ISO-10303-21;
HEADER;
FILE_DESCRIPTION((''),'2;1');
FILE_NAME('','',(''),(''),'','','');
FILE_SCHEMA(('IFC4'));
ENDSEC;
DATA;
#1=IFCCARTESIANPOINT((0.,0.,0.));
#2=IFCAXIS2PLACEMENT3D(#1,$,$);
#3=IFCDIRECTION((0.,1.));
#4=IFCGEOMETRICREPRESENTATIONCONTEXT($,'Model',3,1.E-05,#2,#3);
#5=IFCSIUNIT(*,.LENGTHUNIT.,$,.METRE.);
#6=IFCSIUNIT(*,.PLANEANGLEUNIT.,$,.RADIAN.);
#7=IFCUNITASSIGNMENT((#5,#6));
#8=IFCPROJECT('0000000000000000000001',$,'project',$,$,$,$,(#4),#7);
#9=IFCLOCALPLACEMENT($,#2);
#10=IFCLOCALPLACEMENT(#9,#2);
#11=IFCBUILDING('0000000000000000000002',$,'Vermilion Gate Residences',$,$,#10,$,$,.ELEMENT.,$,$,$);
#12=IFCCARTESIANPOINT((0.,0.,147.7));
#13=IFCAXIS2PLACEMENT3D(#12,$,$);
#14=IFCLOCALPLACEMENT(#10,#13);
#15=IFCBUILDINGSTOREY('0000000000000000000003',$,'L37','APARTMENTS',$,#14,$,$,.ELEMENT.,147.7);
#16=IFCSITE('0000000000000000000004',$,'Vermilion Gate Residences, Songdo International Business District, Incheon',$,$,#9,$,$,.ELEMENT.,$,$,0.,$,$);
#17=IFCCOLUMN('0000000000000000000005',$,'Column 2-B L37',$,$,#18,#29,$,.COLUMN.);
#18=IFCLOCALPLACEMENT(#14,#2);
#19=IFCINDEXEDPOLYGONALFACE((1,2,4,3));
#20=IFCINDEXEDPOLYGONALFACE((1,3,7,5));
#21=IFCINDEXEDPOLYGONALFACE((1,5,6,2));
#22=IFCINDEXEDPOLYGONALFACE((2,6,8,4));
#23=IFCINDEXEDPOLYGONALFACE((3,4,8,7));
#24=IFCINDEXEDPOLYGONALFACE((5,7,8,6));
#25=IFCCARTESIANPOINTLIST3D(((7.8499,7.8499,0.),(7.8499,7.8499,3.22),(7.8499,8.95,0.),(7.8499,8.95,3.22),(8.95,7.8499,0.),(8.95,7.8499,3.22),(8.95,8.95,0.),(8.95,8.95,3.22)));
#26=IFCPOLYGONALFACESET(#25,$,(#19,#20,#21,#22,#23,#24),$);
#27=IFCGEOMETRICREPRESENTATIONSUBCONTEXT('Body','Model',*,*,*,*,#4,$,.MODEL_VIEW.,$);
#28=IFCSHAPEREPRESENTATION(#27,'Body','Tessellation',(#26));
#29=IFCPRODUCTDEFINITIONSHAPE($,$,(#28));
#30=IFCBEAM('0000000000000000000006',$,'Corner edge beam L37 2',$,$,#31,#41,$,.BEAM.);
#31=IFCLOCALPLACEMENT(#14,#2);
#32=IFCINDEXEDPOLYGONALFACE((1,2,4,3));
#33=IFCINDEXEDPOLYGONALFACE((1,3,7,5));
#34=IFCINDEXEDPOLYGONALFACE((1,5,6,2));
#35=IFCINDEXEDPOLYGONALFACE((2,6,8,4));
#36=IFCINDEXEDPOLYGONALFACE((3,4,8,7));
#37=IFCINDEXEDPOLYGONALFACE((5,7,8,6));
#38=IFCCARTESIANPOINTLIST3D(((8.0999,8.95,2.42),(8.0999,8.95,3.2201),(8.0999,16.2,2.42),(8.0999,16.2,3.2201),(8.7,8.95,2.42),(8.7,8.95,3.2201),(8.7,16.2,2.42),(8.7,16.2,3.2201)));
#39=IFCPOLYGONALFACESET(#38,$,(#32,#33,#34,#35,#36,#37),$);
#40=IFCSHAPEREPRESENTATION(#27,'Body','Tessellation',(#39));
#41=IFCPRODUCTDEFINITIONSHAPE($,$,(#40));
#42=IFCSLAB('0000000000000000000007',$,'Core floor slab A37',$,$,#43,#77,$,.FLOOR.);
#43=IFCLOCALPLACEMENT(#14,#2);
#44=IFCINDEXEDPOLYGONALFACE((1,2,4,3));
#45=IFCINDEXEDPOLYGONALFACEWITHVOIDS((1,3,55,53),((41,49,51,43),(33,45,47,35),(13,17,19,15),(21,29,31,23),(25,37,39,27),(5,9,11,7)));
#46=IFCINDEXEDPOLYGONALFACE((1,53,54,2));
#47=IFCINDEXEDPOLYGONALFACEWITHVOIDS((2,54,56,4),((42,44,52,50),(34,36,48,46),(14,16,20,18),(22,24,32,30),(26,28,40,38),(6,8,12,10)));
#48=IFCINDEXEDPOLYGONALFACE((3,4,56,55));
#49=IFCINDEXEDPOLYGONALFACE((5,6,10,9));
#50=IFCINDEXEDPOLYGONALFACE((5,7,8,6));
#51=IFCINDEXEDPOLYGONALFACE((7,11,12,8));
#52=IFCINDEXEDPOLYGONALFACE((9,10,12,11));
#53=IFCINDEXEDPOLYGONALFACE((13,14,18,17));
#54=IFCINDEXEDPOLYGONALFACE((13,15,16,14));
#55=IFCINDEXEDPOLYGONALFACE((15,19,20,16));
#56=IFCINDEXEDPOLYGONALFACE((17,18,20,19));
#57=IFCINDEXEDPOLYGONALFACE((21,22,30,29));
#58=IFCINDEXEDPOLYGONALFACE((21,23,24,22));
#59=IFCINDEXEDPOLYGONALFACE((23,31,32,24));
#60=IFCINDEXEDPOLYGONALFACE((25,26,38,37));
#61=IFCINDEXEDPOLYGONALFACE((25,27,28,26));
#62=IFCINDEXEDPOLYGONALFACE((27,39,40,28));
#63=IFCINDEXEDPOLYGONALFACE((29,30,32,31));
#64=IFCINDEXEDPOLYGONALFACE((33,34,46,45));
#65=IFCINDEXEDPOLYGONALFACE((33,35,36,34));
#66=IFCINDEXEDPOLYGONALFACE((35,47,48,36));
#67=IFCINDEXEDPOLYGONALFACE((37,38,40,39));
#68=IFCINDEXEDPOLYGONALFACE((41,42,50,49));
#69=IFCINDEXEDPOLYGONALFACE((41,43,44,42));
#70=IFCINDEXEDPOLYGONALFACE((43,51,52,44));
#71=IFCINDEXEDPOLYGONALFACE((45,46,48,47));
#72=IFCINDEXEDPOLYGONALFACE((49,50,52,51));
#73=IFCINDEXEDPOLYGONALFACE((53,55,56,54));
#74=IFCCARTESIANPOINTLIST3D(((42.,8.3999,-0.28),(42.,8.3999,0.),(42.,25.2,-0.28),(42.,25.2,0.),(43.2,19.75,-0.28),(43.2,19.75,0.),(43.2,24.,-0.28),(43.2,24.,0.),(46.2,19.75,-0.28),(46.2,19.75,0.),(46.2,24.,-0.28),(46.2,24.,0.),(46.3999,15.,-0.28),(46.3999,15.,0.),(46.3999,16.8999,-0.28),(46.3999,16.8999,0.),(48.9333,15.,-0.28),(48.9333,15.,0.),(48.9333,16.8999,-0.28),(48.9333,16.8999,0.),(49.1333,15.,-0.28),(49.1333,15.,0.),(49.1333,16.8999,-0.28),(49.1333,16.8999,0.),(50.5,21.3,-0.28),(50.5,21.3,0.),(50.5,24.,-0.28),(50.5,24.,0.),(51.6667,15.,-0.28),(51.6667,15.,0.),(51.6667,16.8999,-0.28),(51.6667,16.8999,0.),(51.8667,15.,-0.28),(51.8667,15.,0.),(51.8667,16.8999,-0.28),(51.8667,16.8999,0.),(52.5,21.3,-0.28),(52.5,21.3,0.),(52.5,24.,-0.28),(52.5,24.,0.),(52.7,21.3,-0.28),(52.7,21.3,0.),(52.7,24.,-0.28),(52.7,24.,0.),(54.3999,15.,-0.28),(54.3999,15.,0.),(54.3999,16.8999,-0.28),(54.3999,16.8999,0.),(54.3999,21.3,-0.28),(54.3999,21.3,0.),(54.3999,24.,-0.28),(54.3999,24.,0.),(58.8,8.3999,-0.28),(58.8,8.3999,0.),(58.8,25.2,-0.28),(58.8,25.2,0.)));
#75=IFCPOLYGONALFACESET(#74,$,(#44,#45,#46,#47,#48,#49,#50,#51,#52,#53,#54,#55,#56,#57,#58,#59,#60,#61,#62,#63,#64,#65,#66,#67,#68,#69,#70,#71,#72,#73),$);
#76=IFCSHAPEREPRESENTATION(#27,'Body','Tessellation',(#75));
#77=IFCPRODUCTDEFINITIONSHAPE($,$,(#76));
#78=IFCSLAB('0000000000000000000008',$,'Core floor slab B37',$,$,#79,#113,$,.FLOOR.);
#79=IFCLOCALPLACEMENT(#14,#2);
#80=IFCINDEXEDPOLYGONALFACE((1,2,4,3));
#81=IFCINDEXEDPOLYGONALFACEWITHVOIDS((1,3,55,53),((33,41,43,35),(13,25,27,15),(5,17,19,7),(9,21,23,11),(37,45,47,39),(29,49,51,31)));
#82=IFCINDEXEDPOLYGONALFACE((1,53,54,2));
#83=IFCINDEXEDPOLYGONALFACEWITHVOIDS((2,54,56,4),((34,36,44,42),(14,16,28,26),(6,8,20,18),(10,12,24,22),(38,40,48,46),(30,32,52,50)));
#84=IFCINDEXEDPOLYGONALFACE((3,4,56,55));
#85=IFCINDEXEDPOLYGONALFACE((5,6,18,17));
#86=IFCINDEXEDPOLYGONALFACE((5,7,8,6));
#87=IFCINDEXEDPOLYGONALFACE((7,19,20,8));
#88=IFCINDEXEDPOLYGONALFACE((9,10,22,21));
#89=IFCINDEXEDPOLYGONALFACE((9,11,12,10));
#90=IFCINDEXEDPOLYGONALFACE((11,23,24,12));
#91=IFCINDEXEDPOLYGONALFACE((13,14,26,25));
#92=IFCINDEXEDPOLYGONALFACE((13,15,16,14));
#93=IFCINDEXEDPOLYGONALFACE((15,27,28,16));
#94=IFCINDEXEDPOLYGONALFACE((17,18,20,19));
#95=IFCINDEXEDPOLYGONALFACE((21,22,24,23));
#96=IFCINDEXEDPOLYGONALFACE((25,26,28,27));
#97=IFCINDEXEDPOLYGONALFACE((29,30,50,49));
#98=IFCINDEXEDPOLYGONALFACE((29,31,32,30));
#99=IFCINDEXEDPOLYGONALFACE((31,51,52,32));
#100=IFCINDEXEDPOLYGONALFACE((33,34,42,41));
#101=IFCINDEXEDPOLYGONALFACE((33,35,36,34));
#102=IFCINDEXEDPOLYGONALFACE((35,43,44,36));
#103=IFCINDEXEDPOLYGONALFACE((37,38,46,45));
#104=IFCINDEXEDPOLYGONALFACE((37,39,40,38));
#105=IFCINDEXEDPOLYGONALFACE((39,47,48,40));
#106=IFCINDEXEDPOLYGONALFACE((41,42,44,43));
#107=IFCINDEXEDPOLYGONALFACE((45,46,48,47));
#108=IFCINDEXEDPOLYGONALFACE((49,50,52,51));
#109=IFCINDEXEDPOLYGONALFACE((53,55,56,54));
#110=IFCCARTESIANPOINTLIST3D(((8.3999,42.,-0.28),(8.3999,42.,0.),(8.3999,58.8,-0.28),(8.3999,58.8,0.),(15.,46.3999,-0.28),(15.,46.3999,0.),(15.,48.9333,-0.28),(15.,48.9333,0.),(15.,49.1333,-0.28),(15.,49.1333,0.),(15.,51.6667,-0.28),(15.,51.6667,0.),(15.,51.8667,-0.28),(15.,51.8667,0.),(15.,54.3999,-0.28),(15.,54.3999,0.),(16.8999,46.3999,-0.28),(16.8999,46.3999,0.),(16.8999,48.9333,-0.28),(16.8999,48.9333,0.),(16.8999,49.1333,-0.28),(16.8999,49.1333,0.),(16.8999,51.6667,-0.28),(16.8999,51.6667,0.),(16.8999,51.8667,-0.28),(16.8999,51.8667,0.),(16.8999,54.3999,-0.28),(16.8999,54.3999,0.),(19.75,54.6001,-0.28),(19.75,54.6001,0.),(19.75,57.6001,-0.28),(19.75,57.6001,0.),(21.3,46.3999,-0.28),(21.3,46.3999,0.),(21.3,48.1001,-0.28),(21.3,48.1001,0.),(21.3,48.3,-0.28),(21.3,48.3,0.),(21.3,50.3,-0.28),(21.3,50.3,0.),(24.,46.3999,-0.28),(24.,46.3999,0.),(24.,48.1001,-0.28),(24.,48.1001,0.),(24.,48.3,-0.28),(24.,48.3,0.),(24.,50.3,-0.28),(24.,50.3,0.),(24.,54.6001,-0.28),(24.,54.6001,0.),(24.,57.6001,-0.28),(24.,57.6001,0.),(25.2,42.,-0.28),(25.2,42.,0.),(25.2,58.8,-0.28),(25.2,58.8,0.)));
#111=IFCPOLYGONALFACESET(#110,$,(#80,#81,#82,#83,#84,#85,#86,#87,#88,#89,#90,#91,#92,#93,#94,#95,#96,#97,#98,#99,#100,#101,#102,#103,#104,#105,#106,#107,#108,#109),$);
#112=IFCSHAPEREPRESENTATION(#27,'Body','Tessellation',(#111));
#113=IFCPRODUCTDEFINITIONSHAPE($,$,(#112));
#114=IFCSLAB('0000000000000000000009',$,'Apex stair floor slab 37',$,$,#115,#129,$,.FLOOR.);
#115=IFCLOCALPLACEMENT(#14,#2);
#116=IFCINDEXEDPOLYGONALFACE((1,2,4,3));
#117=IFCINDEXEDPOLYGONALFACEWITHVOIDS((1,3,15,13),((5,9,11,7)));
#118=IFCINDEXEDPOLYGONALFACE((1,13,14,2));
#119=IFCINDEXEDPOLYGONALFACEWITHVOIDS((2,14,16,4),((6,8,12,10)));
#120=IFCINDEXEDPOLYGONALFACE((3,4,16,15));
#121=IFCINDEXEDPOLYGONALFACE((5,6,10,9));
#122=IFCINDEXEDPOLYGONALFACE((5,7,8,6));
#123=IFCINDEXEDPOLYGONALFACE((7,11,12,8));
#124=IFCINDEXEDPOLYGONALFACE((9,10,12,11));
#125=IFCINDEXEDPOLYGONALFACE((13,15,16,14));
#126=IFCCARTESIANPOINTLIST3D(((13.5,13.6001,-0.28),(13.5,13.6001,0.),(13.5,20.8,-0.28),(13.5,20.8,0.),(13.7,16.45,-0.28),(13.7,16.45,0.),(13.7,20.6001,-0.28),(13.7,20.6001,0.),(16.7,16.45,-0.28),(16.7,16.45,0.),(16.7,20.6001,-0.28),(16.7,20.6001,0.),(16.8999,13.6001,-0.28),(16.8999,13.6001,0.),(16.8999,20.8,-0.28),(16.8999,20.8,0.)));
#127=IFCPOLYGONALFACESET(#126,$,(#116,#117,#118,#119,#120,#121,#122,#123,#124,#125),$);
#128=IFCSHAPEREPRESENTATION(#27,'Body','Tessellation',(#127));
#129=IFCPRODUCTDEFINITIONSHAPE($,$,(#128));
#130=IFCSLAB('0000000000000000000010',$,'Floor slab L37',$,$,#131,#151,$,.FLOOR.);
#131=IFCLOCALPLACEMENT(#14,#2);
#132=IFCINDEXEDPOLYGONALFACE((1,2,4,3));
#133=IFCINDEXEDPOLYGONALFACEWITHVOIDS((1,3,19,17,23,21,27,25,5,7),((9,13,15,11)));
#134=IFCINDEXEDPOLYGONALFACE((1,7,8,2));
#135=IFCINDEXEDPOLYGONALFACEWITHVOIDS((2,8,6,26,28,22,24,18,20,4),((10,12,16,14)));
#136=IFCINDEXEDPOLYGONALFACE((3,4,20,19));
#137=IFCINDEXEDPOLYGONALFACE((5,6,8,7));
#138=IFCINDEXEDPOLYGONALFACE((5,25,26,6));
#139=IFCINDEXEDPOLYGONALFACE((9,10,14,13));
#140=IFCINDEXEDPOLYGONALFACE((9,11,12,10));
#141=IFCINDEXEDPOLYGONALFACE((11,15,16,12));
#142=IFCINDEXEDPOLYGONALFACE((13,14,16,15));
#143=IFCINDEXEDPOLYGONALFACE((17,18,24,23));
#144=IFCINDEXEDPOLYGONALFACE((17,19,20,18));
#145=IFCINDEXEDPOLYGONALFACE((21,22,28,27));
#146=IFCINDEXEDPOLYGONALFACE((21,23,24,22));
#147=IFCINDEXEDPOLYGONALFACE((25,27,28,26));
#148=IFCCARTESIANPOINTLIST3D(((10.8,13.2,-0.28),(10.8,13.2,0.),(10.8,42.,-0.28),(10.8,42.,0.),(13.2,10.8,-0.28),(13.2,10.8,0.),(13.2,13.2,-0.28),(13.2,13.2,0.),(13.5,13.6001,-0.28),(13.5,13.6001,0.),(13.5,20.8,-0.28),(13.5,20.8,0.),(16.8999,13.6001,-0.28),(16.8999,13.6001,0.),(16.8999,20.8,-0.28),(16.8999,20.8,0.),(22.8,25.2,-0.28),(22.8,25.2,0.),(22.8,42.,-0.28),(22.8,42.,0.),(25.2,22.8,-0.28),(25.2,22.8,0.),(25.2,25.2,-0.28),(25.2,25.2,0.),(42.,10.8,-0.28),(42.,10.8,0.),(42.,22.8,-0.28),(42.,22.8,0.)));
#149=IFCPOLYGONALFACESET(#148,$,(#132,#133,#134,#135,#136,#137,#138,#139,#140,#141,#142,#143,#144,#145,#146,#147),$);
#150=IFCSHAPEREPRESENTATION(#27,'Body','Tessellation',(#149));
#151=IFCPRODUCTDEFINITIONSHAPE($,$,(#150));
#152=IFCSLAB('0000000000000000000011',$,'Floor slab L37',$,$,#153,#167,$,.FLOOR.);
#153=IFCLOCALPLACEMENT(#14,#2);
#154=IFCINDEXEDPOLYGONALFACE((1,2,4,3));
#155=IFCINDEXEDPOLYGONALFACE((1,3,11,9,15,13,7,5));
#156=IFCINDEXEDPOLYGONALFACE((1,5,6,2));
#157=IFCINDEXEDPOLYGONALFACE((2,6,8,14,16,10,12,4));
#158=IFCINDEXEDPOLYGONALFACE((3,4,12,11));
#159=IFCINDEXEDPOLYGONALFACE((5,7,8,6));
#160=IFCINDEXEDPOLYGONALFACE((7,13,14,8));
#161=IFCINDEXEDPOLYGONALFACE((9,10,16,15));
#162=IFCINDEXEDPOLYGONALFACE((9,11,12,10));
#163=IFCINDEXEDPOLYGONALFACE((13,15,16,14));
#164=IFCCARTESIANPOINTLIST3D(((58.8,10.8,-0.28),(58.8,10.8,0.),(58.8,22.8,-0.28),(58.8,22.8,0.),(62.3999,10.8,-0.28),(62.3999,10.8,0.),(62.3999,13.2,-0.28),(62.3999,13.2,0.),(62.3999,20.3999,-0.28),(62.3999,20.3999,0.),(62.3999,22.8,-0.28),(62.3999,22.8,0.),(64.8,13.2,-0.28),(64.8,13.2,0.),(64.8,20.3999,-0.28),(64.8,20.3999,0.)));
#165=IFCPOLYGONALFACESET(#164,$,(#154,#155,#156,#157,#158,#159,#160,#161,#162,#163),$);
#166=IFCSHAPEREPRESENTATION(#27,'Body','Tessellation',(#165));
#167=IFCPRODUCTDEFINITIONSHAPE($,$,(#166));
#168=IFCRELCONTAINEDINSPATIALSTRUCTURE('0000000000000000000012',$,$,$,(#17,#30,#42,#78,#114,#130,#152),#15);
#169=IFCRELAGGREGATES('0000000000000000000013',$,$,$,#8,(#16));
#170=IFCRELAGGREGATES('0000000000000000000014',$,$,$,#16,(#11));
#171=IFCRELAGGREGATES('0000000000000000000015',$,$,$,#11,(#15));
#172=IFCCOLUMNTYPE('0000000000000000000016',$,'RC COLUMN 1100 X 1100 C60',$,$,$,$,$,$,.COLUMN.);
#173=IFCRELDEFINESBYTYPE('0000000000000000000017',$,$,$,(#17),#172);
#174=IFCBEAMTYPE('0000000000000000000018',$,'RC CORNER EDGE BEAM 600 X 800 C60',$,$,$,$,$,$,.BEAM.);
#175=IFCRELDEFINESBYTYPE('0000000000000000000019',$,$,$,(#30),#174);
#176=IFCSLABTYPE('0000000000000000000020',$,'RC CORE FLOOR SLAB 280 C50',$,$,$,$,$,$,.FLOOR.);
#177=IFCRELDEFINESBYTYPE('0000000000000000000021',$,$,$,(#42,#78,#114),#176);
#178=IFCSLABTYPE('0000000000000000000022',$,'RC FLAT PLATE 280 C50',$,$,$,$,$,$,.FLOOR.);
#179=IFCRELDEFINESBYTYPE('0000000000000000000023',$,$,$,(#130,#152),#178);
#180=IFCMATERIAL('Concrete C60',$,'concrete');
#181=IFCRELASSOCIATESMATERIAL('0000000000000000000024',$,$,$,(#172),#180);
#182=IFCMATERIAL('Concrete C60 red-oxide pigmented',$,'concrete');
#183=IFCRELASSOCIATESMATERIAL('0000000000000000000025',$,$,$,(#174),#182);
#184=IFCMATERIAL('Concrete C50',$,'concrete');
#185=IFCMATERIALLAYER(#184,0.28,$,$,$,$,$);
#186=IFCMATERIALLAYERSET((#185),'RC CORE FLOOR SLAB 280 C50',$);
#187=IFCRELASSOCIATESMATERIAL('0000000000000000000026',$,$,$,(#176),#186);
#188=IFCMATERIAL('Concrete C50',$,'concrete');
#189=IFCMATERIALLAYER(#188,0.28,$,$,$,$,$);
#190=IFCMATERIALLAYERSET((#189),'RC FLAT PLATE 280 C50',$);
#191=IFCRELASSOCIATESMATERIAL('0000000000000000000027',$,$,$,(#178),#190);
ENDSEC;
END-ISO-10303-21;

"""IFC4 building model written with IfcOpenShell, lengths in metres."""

from ifc_helpers import new_model, si_unit, direction, frame, origin, origin_2d, place, context, subcontext, project, spatial, polyline, rectangle, outline, extrude, material, layer, layer_set, material_profile, profile_set, type_object, element, save


model = new_model("IFC4")

# Units and contexts
model_context = context("Model", 3, precision=1e-05, world=origin(), true_north=direction((0.0, 1.0)))
body_context = subcontext(model_context, "Body", "Model", "MODEL_VIEW")
ifc_project = project(units=[si_unit("LENGTHUNIT", "METRE"), si_unit("PLANEANGLEUNIT", "RADIAN")], contexts=[model_context])

# Site, building, storey
site_placement = place(None, origin())
site = spatial("IfcSite", under=ifc_project, at=site_placement, Name="Vermilion Gate Residences, Songdo International Business District, Incheon", CompositionType="ELEMENT", RefElevation=0.0)
building_placement = place(site_placement, origin())
building = spatial("IfcBuilding", under=site, at=building_placement, Name="Vermilion Gate Residences", CompositionType="ELEMENT")
storey_placement = place(building_placement, frame((0.0, 0.0, 147.7)))
storey = spatial("IfcBuildingStorey", under=building, at=storey_placement, Name="L37", Description="APARTMENTS", CompositionType="ELEMENT", Elevation=147.7)

# Column
ifc_material_1 = material(Name="Concrete C60", Category="concrete")
ifc_material_profile_1 = material_profile(ifc_material_1, rectangle(XDim=1.1001, YDim=1.1001, at=origin_2d()), Name="RC-1100x1100")
ifc_profile_set_1 = profile_set([ifc_material_profile_1], Name="Concrete C60")
column_type = type_object("IfcColumnType", Name="RC COLUMN 1100 X 1100 C60", PredefinedType="COLUMN", material=ifc_profile_set_1)
column_placement = place(storey_placement, frame((8.3999, 8.3999, 0.0), z_axis=(0.0, 0.0, 1.0), x_axis=(1.0, 0.0, 0.0)))
element("IfcColumn", 1, at=column_placement, inside=storey, type_object=column_type, Name="Column 2-B L37", PredefinedType="COLUMN", context=body_context, shape_type="SweptSolid", body=[
    extrude(rectangle(XDim=1.1001, YDim=1.1001, at=origin_2d()), origin(), (0.0, 0.0, 1.0), 3.22),
])

# Beam
ifc_material_2 = material(Name="Concrete C60 red-oxide pigmented", Category="concrete")
ifc_material_profile_2 = material_profile(ifc_material_2, rectangle(XDim=0.6001, YDim=0.8, at=origin_2d()), Name="RC-600x800")
ifc_profile_set_2 = profile_set([ifc_material_profile_2], Name="Concrete C60 red-oxide pigmented")
beam_type = type_object("IfcBeamType", Name="RC CORNER EDGE BEAM 600 X 800 C60", PredefinedType="BEAM", material=ifc_profile_set_2)
beam_placement = place(storey_placement, frame((8.3999, 8.95, 2.8201), z_axis=(0.0, 1.0, 0.0), x_axis=(-1.0, 0.0, 0.0)))
element("IfcBeam", 2, at=beam_placement, inside=storey, type_object=beam_type, Name="Corner edge beam L37 2", PredefinedType="BEAM", context=body_context, shape_type="SweptSolid", body=[
    extrude(rectangle(XDim=0.6001, YDim=0.8, at=origin_2d()), origin(), (0.0, 0.0, 1.0), 7.25),
])

# Slabs
ifc_material_3 = material(Name="Concrete C50", Category="concrete")
ifc_layer_1 = layer(ifc_material_3, 0.28)
ifc_layer_set_1 = layer_set([ifc_layer_1], Name="RC CORE FLOOR SLAB 280 C50")
slab_type_1 = type_object("IfcSlabType", Name="RC CORE FLOOR SLAB 280 C50", PredefinedType="FLOOR", material=ifc_layer_set_1)
slab_1_placement = place(storey_placement, frame((0.0, 0.0, -0.28)))
element("IfcSlab", 3, at=slab_1_placement, inside=storey, type_object=slab_type_1, Name="Core floor slab A37", PredefinedType="FLOOR", context=body_context, shape_type="SweptSolid", body=[
    extrude(outline(polyline([(42.0, 8.3999), (58.8, 8.3999), (58.8, 25.2), (42.0, 25.2), (42.0, 8.3999)]), holes=[polyline([(46.3999, 15.0), (46.3999, 16.8999), (48.9333, 16.8999), (48.9333, 15.0), (46.3999, 15.0)]), polyline([(49.1333, 16.8999), (51.6667, 16.8999), (51.6667, 15.0), (49.1333, 15.0), (49.1333, 16.8999)]), polyline([(51.8667, 16.8999), (54.3999, 16.8999), (54.3999, 15.0), (51.8667, 15.0), (51.8667, 16.8999)]), polyline([(43.2, 19.75), (43.2, 24.0), (46.2, 24.0), (46.2, 19.75), (43.2, 19.75)]), polyline([(50.5, 24.0), (52.5, 24.0), (52.5, 21.3), (50.5, 21.3), (50.5, 24.0)]), polyline([(52.7, 24.0), (54.3999, 24.0), (54.3999, 21.3), (52.7, 21.3), (52.7, 24.0)])]), origin(), (0.0, 0.0, 1.0), 0.28),
])
slab_2_placement = place(storey_placement, frame((0.0, 0.0, -0.28)))
element("IfcSlab", 4, at=slab_2_placement, inside=storey, type_object=slab_type_1, Name="Core floor slab B37", PredefinedType="FLOOR", context=body_context, shape_type="SweptSolid", body=[
    extrude(outline(polyline([(8.3999, 42.0), (25.2, 42.0), (25.2, 58.8), (8.3999, 58.8), (8.3999, 42.0)]), holes=[polyline([(21.3, 46.3999), (21.3, 48.1001), (24.0, 48.1001), (24.0, 46.3999), (21.3, 46.3999)]), polyline([(15.0, 48.9333), (16.8999, 48.9333), (16.8999, 46.3999), (15.0, 46.3999), (15.0, 48.9333)]), polyline([(21.3, 50.3), (24.0, 50.3), (24.0, 48.3), (21.3, 48.3), (21.3, 50.3)]), polyline([(15.0, 49.1333), (15.0, 51.6667), (16.8999, 51.6667), (16.8999, 49.1333), (15.0, 49.1333)]), polyline([(15.0, 54.3999), (16.8999, 54.3999), (16.8999, 51.8667), (15.0, 51.8667), (15.0, 54.3999)]), polyline([(19.75, 57.6001), (24.0, 57.6001), (24.0, 54.6001), (19.75, 54.6001), (19.75, 57.6001)])]), origin(), (0.0, 0.0, 1.0), 0.28),
])
slab_3_placement = place(storey_placement, frame((0.0, 0.0, -0.28)))
element("IfcSlab", 5, at=slab_3_placement, inside=storey, type_object=slab_type_1, Name="Apex stair floor slab 37", PredefinedType="FLOOR", context=body_context, shape_type="SweptSolid", body=[
    extrude(outline(polyline([(13.5, 13.6001), (16.8999, 13.6001), (16.8999, 20.8), (13.5, 20.8), (13.5, 13.6001)]), holes=[polyline([(16.7, 20.6001), (16.7, 16.45), (13.7, 16.45), (13.7, 20.6001), (16.7, 20.6001)])]), origin(), (0.0, 0.0, 1.0), 0.28),
])
ifc_material_4 = material(Name="Concrete C50", Category="concrete")
ifc_layer_2 = layer(ifc_material_4, 0.28)
ifc_layer_set_2 = layer_set([ifc_layer_2], Name="RC FLAT PLATE 280 C50")
slab_type_2 = type_object("IfcSlabType", Name="RC FLAT PLATE 280 C50", PredefinedType="FLOOR", material=ifc_layer_set_2)
slab_4_placement = place(storey_placement, frame((0.0, 0.0, -0.28)))
element("IfcSlab", 6, at=slab_4_placement, inside=storey, type_object=slab_type_2, Name="Floor slab L37", PredefinedType="FLOOR", context=body_context, shape_type="SweptSolid", body=[
    extrude(outline(polyline([(22.8, 25.2), (22.8, 42.0), (10.8, 42.0), (10.8, 13.2), (13.2, 13.2), (13.2, 10.8), (42.0, 10.8), (42.0, 22.8), (25.2, 22.8), (25.2, 25.2), (22.8, 25.2)]), holes=[polyline([(13.5, 13.6001), (13.5, 20.8), (16.8999, 20.8), (16.8999, 13.6001), (13.5, 13.6001)])]), origin(), (0.0, 0.0, 1.0), 0.28),
])
slab_5_placement = place(storey_placement, frame((0.0, 0.0, -0.28)))
element("IfcSlab", 7, at=slab_5_placement, inside=storey, type_object=slab_type_2, Name="Floor slab L37", PredefinedType="FLOOR", context=body_context, shape_type="SweptSolid", body=[
    extrude(outline(polyline([(58.8, 22.8), (58.8, 10.8), (62.3999, 10.8), (62.3999, 13.2), (64.8, 13.2), (64.8, 20.3999), (62.3999, 20.3999), (62.3999, 22.8), (58.8, 22.8)])), origin(), (0.0, 0.0, 1.0), 0.28),
])

save(model, "model.ifc")
